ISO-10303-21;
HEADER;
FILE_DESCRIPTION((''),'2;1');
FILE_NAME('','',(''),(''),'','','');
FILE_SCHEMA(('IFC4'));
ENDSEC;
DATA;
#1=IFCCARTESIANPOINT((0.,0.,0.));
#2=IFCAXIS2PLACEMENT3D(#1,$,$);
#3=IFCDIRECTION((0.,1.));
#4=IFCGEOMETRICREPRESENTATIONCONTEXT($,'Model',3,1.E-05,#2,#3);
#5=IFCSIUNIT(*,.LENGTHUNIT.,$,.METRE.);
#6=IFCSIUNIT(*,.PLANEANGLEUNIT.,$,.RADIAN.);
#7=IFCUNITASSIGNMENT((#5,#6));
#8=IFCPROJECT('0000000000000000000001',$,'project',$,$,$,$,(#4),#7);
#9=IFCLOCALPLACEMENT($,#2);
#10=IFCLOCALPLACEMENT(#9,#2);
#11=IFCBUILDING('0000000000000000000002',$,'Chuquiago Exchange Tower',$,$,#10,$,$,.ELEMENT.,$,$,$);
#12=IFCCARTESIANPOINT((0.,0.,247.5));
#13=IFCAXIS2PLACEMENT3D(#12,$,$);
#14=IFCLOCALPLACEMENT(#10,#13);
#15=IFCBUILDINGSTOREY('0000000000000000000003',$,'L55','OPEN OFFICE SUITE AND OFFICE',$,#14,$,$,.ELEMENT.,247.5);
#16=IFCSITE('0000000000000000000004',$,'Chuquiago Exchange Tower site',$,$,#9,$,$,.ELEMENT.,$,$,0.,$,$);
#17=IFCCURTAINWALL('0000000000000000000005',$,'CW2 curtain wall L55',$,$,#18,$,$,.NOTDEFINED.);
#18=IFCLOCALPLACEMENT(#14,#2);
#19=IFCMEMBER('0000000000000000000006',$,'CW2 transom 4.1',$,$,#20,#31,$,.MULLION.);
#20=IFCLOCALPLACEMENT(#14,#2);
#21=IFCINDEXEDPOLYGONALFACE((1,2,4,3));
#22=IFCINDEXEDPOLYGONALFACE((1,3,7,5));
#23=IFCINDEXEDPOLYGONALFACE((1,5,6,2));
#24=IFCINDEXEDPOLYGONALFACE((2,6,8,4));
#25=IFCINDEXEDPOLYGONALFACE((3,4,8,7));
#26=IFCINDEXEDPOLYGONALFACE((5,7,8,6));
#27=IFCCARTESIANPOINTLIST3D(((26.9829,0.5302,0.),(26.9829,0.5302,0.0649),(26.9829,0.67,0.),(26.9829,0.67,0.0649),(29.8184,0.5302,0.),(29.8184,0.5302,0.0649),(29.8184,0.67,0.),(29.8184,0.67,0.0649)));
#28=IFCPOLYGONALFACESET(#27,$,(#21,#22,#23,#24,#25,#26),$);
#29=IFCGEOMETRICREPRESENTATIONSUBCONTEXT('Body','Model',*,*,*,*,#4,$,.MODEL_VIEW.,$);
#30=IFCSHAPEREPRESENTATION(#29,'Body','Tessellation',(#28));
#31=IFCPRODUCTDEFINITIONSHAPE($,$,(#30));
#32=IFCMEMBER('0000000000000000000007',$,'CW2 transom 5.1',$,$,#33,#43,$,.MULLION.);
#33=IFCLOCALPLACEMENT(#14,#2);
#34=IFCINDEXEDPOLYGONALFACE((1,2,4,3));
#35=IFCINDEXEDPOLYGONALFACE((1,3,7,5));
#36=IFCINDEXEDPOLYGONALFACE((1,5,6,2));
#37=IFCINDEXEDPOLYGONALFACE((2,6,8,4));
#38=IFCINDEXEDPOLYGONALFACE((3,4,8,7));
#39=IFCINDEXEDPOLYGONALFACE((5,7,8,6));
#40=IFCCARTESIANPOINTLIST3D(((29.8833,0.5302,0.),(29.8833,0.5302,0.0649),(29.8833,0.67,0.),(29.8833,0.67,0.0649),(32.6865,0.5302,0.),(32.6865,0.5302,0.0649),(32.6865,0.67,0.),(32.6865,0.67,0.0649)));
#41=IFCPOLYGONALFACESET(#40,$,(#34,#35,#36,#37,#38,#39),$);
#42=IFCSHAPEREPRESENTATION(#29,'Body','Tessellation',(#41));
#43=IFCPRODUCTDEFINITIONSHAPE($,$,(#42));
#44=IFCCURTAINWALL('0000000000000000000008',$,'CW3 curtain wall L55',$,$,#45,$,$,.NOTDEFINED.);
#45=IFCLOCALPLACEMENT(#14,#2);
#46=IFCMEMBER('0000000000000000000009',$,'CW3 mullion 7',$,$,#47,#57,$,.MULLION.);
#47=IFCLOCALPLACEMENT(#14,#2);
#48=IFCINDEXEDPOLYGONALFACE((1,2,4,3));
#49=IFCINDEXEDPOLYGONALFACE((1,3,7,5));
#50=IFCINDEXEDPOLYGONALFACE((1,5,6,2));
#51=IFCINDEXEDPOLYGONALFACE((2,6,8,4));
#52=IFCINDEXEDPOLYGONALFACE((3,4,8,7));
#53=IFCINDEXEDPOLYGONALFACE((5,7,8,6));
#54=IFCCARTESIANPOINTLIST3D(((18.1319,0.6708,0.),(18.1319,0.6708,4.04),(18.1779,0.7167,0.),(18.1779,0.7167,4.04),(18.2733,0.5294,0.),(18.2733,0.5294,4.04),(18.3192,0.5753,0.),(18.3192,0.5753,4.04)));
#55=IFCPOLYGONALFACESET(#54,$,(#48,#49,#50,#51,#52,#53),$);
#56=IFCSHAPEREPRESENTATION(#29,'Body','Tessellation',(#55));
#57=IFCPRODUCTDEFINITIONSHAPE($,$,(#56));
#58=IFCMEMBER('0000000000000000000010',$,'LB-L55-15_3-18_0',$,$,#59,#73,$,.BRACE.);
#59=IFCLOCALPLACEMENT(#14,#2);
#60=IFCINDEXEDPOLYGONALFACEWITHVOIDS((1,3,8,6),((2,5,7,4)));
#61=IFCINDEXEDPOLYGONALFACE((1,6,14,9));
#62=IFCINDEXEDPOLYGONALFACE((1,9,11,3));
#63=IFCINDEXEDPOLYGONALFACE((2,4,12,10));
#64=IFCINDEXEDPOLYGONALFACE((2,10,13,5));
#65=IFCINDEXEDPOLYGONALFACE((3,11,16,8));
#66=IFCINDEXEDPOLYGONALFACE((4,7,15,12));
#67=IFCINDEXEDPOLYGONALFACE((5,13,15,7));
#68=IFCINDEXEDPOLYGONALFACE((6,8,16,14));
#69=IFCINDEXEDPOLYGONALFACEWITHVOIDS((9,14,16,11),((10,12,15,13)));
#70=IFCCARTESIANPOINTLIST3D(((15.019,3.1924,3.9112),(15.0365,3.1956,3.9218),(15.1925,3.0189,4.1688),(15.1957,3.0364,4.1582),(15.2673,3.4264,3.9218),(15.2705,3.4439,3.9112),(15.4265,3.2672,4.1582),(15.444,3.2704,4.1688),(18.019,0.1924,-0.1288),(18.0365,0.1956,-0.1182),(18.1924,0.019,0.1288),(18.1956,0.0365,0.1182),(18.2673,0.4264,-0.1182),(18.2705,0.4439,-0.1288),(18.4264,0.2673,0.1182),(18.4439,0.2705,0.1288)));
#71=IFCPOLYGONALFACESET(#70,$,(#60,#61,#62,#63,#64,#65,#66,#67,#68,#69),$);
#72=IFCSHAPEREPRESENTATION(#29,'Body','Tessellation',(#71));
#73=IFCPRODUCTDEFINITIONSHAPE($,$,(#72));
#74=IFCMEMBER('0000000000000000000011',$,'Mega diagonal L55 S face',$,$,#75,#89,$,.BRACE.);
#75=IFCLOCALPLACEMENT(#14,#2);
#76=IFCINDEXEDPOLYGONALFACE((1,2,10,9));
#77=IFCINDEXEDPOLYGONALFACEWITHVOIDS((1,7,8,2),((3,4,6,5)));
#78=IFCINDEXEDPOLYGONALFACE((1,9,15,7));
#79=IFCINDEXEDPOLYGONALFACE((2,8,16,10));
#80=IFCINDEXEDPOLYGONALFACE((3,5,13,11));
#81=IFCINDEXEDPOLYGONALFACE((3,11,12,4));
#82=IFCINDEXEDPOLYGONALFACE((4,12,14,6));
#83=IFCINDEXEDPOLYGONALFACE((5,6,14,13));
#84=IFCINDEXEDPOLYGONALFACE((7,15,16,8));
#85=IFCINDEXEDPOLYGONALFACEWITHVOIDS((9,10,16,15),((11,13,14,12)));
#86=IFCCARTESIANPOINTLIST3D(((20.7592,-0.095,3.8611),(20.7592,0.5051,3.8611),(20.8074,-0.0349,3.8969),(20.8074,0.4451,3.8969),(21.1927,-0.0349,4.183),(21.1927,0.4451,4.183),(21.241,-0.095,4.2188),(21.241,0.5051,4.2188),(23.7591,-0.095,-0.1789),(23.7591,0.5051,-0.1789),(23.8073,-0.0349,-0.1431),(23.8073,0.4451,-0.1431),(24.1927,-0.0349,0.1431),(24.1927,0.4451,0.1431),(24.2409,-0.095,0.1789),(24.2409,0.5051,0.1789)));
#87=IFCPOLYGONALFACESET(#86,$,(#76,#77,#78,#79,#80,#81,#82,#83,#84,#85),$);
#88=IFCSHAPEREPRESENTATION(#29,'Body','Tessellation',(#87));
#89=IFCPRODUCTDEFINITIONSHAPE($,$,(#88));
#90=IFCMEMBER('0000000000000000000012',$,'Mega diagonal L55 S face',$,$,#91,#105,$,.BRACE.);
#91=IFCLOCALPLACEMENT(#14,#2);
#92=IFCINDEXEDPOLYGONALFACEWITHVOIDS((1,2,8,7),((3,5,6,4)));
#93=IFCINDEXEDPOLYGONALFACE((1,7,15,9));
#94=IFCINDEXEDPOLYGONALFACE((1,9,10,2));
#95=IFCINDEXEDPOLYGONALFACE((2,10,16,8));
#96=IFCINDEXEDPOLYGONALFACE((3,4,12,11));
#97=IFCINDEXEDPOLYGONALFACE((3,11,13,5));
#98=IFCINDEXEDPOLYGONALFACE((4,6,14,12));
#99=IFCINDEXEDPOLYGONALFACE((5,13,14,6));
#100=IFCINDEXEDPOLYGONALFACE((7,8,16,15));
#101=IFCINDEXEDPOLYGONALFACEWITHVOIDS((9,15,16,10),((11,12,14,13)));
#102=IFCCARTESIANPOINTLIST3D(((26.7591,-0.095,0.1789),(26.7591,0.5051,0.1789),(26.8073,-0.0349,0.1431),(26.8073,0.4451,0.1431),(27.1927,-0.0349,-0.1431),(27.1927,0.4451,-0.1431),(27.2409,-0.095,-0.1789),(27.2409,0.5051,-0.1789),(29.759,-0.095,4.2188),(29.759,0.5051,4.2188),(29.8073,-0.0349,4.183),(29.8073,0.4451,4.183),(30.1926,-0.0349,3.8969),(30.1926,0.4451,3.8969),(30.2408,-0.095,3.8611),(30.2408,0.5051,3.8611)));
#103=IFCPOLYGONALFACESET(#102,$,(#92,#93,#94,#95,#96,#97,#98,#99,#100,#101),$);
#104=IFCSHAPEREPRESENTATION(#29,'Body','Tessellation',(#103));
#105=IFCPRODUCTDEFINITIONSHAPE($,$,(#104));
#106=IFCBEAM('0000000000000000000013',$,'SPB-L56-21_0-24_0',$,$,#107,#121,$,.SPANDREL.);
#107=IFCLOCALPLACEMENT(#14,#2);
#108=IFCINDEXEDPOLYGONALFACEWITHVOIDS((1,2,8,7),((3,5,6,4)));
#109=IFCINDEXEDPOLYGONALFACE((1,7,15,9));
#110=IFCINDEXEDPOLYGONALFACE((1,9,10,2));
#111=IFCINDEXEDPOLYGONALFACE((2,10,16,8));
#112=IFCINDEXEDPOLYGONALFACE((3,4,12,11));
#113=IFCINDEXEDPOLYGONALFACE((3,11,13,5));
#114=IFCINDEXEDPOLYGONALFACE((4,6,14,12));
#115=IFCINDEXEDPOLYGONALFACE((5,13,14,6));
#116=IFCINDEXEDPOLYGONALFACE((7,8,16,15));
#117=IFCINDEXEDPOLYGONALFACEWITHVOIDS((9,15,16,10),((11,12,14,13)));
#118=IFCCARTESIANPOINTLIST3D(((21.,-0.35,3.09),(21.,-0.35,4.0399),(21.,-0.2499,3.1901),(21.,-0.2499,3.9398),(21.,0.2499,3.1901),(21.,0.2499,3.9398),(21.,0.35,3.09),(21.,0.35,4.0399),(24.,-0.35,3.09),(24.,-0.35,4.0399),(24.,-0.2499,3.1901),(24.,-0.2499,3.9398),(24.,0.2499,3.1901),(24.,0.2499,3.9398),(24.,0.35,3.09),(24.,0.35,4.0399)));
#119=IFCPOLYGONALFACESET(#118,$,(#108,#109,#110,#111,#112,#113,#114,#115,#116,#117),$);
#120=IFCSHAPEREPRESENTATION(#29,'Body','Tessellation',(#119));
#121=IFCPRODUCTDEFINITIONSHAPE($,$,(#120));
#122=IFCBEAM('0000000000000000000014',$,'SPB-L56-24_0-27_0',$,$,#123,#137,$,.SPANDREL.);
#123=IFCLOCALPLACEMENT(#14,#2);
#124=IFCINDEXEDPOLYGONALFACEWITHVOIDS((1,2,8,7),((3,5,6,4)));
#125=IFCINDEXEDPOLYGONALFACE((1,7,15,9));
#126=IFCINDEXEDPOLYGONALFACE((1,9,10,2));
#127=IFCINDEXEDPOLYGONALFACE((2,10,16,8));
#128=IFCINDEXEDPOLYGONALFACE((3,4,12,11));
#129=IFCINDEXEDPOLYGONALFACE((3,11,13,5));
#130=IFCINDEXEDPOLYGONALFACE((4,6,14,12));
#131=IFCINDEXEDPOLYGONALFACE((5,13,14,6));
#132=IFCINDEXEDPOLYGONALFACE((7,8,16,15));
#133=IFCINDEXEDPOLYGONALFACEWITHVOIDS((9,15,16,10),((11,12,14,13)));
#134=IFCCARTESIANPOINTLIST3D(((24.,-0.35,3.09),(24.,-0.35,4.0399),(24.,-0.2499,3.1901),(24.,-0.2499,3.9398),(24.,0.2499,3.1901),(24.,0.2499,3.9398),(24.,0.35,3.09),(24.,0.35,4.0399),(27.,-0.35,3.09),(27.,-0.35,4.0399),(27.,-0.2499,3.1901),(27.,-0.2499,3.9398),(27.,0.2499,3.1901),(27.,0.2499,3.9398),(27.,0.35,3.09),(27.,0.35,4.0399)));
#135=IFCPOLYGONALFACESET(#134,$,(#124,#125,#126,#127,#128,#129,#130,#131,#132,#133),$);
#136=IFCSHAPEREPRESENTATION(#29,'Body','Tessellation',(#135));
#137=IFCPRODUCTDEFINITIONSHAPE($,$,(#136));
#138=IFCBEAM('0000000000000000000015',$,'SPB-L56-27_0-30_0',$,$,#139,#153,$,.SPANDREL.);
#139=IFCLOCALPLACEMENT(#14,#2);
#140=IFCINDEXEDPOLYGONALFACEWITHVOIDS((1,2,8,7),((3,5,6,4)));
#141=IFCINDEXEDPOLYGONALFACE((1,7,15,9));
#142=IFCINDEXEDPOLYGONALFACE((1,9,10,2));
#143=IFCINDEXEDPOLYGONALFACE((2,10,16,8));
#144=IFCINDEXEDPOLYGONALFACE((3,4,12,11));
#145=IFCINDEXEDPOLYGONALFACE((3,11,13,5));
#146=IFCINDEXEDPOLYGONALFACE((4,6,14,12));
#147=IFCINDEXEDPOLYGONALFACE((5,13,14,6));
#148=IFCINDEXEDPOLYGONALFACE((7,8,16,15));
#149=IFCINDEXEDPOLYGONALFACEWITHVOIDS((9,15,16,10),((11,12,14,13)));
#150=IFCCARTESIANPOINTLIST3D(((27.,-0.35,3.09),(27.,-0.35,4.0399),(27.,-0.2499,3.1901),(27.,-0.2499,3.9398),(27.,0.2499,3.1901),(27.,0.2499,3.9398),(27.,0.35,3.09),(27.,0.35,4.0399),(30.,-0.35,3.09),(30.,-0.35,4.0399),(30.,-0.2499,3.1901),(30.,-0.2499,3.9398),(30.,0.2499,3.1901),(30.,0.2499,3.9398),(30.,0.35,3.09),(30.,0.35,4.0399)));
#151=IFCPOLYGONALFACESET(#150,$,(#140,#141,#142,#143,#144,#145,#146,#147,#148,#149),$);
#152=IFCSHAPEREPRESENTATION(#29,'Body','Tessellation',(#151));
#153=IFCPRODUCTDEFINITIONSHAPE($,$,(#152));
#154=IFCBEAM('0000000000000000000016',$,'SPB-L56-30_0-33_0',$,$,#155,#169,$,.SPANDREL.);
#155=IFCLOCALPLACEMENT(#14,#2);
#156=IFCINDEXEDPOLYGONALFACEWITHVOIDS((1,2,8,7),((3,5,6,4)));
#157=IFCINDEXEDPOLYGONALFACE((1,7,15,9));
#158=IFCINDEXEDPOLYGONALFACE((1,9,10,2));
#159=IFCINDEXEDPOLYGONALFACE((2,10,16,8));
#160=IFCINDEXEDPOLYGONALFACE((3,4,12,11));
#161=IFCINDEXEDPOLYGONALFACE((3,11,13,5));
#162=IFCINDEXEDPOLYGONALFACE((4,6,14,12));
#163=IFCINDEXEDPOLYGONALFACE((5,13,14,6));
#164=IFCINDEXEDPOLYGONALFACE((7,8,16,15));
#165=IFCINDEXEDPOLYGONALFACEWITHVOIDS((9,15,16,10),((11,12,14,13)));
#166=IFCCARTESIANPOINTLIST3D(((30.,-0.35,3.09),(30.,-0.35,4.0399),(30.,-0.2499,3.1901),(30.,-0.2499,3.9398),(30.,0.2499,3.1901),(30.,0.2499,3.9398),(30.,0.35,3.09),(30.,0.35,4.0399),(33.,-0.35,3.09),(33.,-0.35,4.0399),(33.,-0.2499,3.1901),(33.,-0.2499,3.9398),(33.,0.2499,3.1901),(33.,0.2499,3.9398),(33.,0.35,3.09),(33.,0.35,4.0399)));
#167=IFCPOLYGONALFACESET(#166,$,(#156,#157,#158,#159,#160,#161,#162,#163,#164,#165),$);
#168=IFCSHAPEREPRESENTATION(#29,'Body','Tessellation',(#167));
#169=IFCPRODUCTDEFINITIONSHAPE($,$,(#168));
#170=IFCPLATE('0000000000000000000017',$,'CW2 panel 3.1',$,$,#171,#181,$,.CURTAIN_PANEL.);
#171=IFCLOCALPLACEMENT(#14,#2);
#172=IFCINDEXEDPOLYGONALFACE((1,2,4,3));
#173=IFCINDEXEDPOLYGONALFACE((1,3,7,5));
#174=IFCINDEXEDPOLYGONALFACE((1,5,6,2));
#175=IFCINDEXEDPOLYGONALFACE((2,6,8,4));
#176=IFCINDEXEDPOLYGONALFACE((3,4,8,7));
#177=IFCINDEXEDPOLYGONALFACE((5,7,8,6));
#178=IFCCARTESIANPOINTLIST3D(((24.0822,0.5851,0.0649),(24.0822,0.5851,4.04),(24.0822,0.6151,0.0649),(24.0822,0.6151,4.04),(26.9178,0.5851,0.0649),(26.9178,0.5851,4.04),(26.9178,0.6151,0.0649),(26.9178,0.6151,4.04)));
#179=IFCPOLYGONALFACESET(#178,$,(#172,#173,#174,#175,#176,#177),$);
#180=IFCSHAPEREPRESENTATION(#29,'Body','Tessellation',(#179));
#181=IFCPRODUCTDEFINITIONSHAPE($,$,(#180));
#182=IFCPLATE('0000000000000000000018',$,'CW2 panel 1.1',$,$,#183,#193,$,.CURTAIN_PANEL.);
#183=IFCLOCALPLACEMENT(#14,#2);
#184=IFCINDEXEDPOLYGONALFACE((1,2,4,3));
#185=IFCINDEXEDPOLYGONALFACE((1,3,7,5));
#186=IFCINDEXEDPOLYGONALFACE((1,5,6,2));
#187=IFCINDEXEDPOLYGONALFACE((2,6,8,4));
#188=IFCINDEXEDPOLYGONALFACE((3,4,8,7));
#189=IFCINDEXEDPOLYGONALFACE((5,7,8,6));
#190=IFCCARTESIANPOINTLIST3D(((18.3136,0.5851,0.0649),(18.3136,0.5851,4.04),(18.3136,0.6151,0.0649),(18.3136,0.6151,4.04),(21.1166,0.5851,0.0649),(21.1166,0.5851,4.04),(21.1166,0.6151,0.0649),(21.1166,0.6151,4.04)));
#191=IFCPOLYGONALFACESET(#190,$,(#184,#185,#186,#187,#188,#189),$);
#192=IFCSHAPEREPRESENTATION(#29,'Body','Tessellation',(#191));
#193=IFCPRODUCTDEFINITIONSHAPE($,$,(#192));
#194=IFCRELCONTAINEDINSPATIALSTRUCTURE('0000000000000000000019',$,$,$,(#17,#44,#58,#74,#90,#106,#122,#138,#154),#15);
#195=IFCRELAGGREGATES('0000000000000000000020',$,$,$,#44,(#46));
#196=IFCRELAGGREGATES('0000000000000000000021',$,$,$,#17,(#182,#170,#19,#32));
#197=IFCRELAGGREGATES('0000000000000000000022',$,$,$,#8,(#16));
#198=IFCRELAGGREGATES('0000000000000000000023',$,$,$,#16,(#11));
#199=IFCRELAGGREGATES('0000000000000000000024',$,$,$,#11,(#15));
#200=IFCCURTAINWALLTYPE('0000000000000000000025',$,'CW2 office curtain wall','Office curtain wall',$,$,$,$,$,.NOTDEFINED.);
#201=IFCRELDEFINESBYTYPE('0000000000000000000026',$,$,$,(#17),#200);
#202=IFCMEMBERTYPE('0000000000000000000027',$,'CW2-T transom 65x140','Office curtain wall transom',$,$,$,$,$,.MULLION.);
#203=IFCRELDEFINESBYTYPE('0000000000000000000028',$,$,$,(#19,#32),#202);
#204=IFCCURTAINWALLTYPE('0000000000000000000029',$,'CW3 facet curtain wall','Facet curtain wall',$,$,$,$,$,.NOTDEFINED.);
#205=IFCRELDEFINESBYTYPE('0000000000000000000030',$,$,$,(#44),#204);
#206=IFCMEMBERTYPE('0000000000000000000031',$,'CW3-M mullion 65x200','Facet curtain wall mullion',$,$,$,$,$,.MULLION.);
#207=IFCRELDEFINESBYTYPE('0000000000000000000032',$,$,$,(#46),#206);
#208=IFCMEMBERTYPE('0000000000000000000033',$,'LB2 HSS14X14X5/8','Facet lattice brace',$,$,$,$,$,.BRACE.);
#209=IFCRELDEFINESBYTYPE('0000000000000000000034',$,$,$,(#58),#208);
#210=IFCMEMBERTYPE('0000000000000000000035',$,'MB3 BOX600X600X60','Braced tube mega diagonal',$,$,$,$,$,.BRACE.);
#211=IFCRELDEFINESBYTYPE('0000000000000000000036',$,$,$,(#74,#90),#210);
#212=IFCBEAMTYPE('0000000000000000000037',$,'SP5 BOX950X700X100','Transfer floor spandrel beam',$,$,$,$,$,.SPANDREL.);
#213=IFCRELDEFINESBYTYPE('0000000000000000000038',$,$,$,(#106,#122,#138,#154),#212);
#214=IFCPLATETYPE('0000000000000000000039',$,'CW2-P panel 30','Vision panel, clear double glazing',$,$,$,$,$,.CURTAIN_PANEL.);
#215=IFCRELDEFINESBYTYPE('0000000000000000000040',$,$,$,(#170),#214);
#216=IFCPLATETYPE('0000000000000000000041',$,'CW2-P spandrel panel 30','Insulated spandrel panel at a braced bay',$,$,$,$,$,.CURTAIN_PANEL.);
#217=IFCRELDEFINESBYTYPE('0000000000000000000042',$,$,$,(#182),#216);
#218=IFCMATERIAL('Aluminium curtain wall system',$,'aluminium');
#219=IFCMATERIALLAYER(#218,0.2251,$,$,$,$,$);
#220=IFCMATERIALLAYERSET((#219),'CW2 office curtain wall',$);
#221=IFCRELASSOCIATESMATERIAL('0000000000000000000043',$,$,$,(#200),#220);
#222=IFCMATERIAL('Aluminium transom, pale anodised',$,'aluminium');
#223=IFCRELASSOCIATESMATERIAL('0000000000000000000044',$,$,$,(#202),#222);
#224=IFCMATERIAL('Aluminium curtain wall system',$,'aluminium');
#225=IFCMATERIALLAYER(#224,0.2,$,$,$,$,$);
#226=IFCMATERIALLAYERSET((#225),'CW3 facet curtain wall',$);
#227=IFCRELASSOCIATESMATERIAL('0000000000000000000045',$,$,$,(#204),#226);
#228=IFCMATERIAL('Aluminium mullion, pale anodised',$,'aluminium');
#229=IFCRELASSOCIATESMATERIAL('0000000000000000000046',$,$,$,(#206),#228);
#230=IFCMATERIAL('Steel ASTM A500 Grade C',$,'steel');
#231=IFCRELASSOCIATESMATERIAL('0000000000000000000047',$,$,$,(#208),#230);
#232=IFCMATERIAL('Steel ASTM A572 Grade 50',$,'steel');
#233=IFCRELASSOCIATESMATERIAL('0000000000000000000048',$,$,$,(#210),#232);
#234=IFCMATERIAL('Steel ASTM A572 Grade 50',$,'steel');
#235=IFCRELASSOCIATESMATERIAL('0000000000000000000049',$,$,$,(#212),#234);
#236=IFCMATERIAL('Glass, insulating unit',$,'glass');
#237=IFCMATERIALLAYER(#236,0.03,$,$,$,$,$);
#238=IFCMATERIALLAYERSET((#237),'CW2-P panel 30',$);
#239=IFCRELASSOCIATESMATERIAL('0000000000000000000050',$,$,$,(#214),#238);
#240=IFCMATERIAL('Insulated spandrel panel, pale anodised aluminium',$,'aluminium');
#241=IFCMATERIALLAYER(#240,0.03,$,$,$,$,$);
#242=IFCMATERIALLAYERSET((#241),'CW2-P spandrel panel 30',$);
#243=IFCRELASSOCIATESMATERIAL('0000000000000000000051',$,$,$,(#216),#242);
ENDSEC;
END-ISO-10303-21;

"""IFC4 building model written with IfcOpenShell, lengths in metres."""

from ifc_helpers import new_model, si_unit, direction, frame, origin, origin_2d, place, context, subcontext, project, spatial, rectangle, hollow_rectangle, extrude, material, layer, layer_set, material_profile, profile_set, type_object, element, aggregate, save


model = new_model("IFC4")

# Units and contexts
model_context = context("Model", 3, precision=1e-05, world=origin(), true_north=direction((0.0, 1.0)))
body_context = subcontext(model_context, "Body", "Model", "MODEL_VIEW")
ifc_project = project(units=[si_unit("LENGTHUNIT", "METRE"), si_unit("PLANEANGLEUNIT", "RADIAN")], contexts=[model_context])

# Site, building, storey
site_placement = place(None, origin())
site = spatial("IfcSite", under=ifc_project, at=site_placement, Name="Chuquiago Exchange Tower site", CompositionType="ELEMENT", RefElevation=0.0)
building_placement = place(site_placement, origin())
building = spatial("IfcBuilding", under=site, at=building_placement, Name="Chuquiago Exchange Tower", CompositionType="ELEMENT")
storey_placement = place(building_placement, frame((0.0, 0.0, 247.5)))
storey = spatial("IfcBuildingStorey", under=building, at=storey_placement, Name="L55", Description="OPEN OFFICE SUITE AND OFFICE", CompositionType="ELEMENT", Elevation=247.5)

# Curtain wall, members
ifc_material_1 = material(Name="Aluminium curtain wall system", Category="aluminium")
ifc_layer_1 = layer(ifc_material_1, 0.2251)
ifc_layer_set_1 = layer_set([ifc_layer_1], Name="CW2 office curtain wall")
curtain_wall_type_1 = type_object("IfcCurtainWallType", Name="CW2 office curtain wall", Description="Office curtain wall", PredefinedType="NOTDEFINED", material=ifc_layer_set_1)
curtain_wall_1_placement = place(storey_placement, origin())
curtain_wall_1 = element("IfcCurtainWall", 1, at=curtain_wall_1_placement, inside=storey, type_object=curtain_wall_type_1, Name="CW2 curtain wall L55", PredefinedType="NOTDEFINED")
ifc_material_2 = material(Name="Aluminium transom, pale anodised", Category="aluminium")
ifc_material_profile_1 = material_profile(ifc_material_2, rectangle(XDim=0.1399, YDim=0.0649, at=origin_2d()), Name="AL 140x65")
ifc_profile_set_1 = profile_set([ifc_material_profile_1], Name="Aluminium transom, pale anodised")
member_type_1 = type_object("IfcMemberType", Name="CW2-T transom 65x140", Description="Office curtain wall transom", PredefinedType="MULLION", material=ifc_profile_set_1)
member_1_placement = place(storey_placement, frame((26.9829, 0.6001, 0.0325), z_axis=(1.0, 0.0, 0.0), x_axis=(0.0, 1.0, 0.0)))
member_1 = element("IfcMember", 2, at=member_1_placement, type_object=member_type_1, Name="CW2 transom 4.1", PredefinedType="MULLION", context=body_context, shape_type="SweptSolid", body=[
    extrude(rectangle(XDim=0.1399, YDim=0.0649, at=origin_2d()), origin(), (0.0, 0.0, 1.0), 2.8354),
])
member_2_placement = place(storey_placement, frame((29.8833, 0.6001, 0.0325), z_axis=(1.0, 0.0, 0.0), x_axis=(0.0, 1.0, 0.0)))
member_2 = element("IfcMember", 3, at=member_2_placement, type_object=member_type_1, Name="CW2 transom 5.1", PredefinedType="MULLION", context=body_context, shape_type="SweptSolid", body=[
    extrude(rectangle(XDim=0.1399, YDim=0.0649, at=origin_2d()), origin(), (0.0, 0.0, 1.0), 2.8032),
])

# Curtain wall, member
ifc_material_3 = material(Name="Aluminium curtain wall system", Category="aluminium")
ifc_layer_2 = layer(ifc_material_3, 0.2)
ifc_layer_set_2 = layer_set([ifc_layer_2], Name="CW3 facet curtain wall")
curtain_wall_type_2 = type_object("IfcCurtainWallType", Name="CW3 facet curtain wall", Description="Facet curtain wall", PredefinedType="NOTDEFINED", material=ifc_layer_set_2)
curtain_wall_2_placement = place(storey_placement, origin())
curtain_wall_2 = element("IfcCurtainWall", 4, at=curtain_wall_2_placement, inside=storey, type_object=curtain_wall_type_2, Name="CW3 curtain wall L55", PredefinedType="NOTDEFINED")
ifc_material_4 = material(Name="Aluminium mullion, pale anodised", Category="aluminium")
ifc_material_profile_2 = material_profile(ifc_material_4, rectangle(XDim=0.0649, YDim=0.2, at=origin_2d()), Name="AL 65x200")
ifc_profile_set_2 = profile_set([ifc_material_profile_2], Name="Aluminium mullion, pale anodised")
member_type_2 = type_object("IfcMemberType", Name="CW3-M mullion 65x200", Description="Facet curtain wall mullion", PredefinedType="MULLION", material=ifc_profile_set_2)
member_3_placement = place(storey_placement, frame((18.2256, 0.623, 0.0), z_axis=(0.0, 0.0, 1.0), x_axis=(0.707107, 0.707107, 0.0)))
member_3 = element("IfcMember", 5, at=member_3_placement, type_object=member_type_2, Name="CW3 mullion 7", PredefinedType="MULLION", context=body_context, shape_type="SweptSolid", body=[
    extrude(rectangle(XDim=0.0649, YDim=0.2, at=origin_2d()), origin(), (0.0, 0.0, 1.0), 4.04),
])
aggregate(curtain_wall_2, [member_3])

# Members
ifc_material_5 = material(Name="Steel ASTM A500 Grade C", Category="steel")
ifc_material_profile_3 = material_profile(ifc_material_5, hollow_rectangle(XDim=0.3557, YDim=0.3557, WallThickness=0.0146, at=origin_2d()), Name="HSS14X14X5/8")
ifc_profile_set_3 = profile_set([ifc_material_profile_3], Name="Steel ASTM A500 Grade C")
member_type_3 = type_object("IfcMemberType", Name="LB2 HSS14X14X5/8", Description="Facet lattice brace", PredefinedType="BRACE", material=ifc_profile_set_3)
member_4_placement = place(storey_placement, frame((18.2314, 0.2314, 0.0), z_axis=(-0.512077, 0.512077, 0.689604), x_axis=(-0.707107, -0.707107, 0.0)))
element("IfcMember", 6, at=member_4_placement, inside=storey, type_object=member_type_3, Name="LB-L55-15_3-18_0", PredefinedType="BRACE", context=body_context, shape_type="SweptSolid", body=[
    extrude(hollow_rectangle(XDim=0.3557, YDim=0.3557, WallThickness=0.0146, at=origin_2d()), origin(), (0.0, 0.0, 1.0), 5.8584),
])
ifc_material_6 = material(Name="Steel ASTM A572 Grade 50", Category="steel")
ifc_material_profile_4 = material_profile(ifc_material_6, hollow_rectangle(XDim=0.6001, YDim=0.6001, WallThickness=0.0601, at=origin_2d()), Name="BOX600X600X60")
ifc_profile_set_4 = profile_set([ifc_material_profile_4], Name="Steel ASTM A572 Grade 50")
member_type_4 = type_object("IfcMemberType", Name="MB3 BOX600X600X60", Description="Braced tube mega diagonal", PredefinedType="BRACE", material=ifc_profile_set_4)
for number, where, z_axis, x_axis, name in (
    (7, (24.0, 0.2051, 0.0), (-0.596174, 0.0, 0.802855), (0.0, -1.0, 0.0), "Mega diagonal L55 S face"),
    (8, (27.0, 0.2051, 0.0), (0.596174, 0.0, 0.802855), (0.0, 1.0, 0.0), "Mega diagonal L55 S face"),
):
    element("IfcMember", number, at=place(storey_placement, frame(where, z_axis=z_axis, x_axis=x_axis)), inside=storey, type_object=member_type_4, Name=name, PredefinedType="BRACE", context=body_context, shape_type="SweptSolid", body=[
        extrude(hollow_rectangle(XDim=0.6001, YDim=0.6001, WallThickness=0.0601, at=origin_2d()), origin(), (0.0, 0.0, 1.0), 5.032),
    ])

# Beams
ifc_material_7 = material(Name="Steel ASTM A572 Grade 50", Category="steel")
ifc_material_profile_5 = material_profile(ifc_material_7, hollow_rectangle(XDim=0.7, YDim=0.95, WallThickness=0.1001, at=origin_2d()), Name="BOX950X700X100")
ifc_profile_set_5 = profile_set([ifc_material_profile_5], Name="Steel ASTM A572 Grade 50")
beam_type = type_object("IfcBeamType", Name="SP5 BOX950X700X100", Description="Transfer floor spandrel beam", PredefinedType="SPANDREL", material=ifc_profile_set_5)
for number, where, z_axis, x_axis, name in (
    (9, (21.0, 0.0, 3.5649), (1.0, 0.0, 0.0), (0.0, 1.0, 0.0), "SPB-L56-21_0-24_0"),
    (10, (24.0, 0.0, 3.5649), (1.0, 0.0, 0.0), (0.0, 1.0, 0.0), "SPB-L56-24_0-27_0"),
    (11, (27.0, 0.0, 3.5649), (1.0, 0.0, 0.0), (0.0, 1.0, 0.0), "SPB-L56-27_0-30_0"),
    (12, (30.0, 0.0, 3.5649), (1.0, 0.0, 0.0), (0.0, 1.0, 0.0), "SPB-L56-30_0-33_0"),
):
    element("IfcBeam", number, at=place(storey_placement, frame(where, z_axis=z_axis, x_axis=x_axis)), inside=storey, type_object=beam_type, Name=name, PredefinedType="SPANDREL", context=body_context, shape_type="SweptSolid", body=[
        extrude(hollow_rectangle(XDim=0.7, YDim=0.95, WallThickness=0.1001, at=origin_2d()), origin(), (0.0, 0.0, 1.0), 3.0),
    ])

# Plates
ifc_material_8 = material(Name="Glass, insulating unit", Category="glass")
ifc_layer_3 = layer(ifc_material_8, 0.03)
ifc_layer_set_3 = layer_set([ifc_layer_3], Name="CW2-P panel 30")
plate_type_1 = type_object("IfcPlateType", Name="CW2-P panel 30", Description="Vision panel, clear double glazing", PredefinedType="CURTAIN_PANEL", material=ifc_layer_set_3)
plate_1_placement = place(storey_placement, frame((25.5, 0.6001, 0.0649), z_axis=(0.0, 0.0, 1.0), x_axis=(1.0, 0.0, 0.0)))
plate_1 = element("IfcPlate", 13, at=plate_1_placement, type_object=plate_type_1, Name="CW2 panel 3.1", PredefinedType="CURTAIN_PANEL", context=body_context, shape_type="SweptSolid", body=[
    extrude(rectangle(XDim=2.8357, YDim=0.03, at=origin_2d()), origin(), (0.0, 0.0, 1.0), 3.9751),
])
ifc_material_9 = material(Name="Insulated spandrel panel, pale anodised aluminium", Category="aluminium")
ifc_layer_4 = layer(ifc_material_9, 0.03)
ifc_layer_set_4 = layer_set([ifc_layer_4], Name="CW2-P spandrel panel 30")
plate_type_2 = type_object("IfcPlateType", Name="CW2-P spandrel panel 30", Description="Insulated spandrel panel at a braced bay", PredefinedType="CURTAIN_PANEL", material=ifc_layer_set_4)
plate_2_placement = place(storey_placement, frame((19.7151, 0.6001, 0.0649), z_axis=(0.0, 0.0, 1.0), x_axis=(1.0, 0.0, 0.0)))
plate_2 = element("IfcPlate", 14, at=plate_2_placement, type_object=plate_type_2, Name="CW2 panel 1.1", PredefinedType="CURTAIN_PANEL", context=body_context, shape_type="SweptSolid", body=[
    extrude(rectangle(XDim=2.803, YDim=0.03, at=origin_2d()), origin(), (0.0, 0.0, 1.0), 3.9751),
])
aggregate(curtain_wall_1, [plate_2, plate_1, member_1, member_2])

save(model, "model.ifc")
